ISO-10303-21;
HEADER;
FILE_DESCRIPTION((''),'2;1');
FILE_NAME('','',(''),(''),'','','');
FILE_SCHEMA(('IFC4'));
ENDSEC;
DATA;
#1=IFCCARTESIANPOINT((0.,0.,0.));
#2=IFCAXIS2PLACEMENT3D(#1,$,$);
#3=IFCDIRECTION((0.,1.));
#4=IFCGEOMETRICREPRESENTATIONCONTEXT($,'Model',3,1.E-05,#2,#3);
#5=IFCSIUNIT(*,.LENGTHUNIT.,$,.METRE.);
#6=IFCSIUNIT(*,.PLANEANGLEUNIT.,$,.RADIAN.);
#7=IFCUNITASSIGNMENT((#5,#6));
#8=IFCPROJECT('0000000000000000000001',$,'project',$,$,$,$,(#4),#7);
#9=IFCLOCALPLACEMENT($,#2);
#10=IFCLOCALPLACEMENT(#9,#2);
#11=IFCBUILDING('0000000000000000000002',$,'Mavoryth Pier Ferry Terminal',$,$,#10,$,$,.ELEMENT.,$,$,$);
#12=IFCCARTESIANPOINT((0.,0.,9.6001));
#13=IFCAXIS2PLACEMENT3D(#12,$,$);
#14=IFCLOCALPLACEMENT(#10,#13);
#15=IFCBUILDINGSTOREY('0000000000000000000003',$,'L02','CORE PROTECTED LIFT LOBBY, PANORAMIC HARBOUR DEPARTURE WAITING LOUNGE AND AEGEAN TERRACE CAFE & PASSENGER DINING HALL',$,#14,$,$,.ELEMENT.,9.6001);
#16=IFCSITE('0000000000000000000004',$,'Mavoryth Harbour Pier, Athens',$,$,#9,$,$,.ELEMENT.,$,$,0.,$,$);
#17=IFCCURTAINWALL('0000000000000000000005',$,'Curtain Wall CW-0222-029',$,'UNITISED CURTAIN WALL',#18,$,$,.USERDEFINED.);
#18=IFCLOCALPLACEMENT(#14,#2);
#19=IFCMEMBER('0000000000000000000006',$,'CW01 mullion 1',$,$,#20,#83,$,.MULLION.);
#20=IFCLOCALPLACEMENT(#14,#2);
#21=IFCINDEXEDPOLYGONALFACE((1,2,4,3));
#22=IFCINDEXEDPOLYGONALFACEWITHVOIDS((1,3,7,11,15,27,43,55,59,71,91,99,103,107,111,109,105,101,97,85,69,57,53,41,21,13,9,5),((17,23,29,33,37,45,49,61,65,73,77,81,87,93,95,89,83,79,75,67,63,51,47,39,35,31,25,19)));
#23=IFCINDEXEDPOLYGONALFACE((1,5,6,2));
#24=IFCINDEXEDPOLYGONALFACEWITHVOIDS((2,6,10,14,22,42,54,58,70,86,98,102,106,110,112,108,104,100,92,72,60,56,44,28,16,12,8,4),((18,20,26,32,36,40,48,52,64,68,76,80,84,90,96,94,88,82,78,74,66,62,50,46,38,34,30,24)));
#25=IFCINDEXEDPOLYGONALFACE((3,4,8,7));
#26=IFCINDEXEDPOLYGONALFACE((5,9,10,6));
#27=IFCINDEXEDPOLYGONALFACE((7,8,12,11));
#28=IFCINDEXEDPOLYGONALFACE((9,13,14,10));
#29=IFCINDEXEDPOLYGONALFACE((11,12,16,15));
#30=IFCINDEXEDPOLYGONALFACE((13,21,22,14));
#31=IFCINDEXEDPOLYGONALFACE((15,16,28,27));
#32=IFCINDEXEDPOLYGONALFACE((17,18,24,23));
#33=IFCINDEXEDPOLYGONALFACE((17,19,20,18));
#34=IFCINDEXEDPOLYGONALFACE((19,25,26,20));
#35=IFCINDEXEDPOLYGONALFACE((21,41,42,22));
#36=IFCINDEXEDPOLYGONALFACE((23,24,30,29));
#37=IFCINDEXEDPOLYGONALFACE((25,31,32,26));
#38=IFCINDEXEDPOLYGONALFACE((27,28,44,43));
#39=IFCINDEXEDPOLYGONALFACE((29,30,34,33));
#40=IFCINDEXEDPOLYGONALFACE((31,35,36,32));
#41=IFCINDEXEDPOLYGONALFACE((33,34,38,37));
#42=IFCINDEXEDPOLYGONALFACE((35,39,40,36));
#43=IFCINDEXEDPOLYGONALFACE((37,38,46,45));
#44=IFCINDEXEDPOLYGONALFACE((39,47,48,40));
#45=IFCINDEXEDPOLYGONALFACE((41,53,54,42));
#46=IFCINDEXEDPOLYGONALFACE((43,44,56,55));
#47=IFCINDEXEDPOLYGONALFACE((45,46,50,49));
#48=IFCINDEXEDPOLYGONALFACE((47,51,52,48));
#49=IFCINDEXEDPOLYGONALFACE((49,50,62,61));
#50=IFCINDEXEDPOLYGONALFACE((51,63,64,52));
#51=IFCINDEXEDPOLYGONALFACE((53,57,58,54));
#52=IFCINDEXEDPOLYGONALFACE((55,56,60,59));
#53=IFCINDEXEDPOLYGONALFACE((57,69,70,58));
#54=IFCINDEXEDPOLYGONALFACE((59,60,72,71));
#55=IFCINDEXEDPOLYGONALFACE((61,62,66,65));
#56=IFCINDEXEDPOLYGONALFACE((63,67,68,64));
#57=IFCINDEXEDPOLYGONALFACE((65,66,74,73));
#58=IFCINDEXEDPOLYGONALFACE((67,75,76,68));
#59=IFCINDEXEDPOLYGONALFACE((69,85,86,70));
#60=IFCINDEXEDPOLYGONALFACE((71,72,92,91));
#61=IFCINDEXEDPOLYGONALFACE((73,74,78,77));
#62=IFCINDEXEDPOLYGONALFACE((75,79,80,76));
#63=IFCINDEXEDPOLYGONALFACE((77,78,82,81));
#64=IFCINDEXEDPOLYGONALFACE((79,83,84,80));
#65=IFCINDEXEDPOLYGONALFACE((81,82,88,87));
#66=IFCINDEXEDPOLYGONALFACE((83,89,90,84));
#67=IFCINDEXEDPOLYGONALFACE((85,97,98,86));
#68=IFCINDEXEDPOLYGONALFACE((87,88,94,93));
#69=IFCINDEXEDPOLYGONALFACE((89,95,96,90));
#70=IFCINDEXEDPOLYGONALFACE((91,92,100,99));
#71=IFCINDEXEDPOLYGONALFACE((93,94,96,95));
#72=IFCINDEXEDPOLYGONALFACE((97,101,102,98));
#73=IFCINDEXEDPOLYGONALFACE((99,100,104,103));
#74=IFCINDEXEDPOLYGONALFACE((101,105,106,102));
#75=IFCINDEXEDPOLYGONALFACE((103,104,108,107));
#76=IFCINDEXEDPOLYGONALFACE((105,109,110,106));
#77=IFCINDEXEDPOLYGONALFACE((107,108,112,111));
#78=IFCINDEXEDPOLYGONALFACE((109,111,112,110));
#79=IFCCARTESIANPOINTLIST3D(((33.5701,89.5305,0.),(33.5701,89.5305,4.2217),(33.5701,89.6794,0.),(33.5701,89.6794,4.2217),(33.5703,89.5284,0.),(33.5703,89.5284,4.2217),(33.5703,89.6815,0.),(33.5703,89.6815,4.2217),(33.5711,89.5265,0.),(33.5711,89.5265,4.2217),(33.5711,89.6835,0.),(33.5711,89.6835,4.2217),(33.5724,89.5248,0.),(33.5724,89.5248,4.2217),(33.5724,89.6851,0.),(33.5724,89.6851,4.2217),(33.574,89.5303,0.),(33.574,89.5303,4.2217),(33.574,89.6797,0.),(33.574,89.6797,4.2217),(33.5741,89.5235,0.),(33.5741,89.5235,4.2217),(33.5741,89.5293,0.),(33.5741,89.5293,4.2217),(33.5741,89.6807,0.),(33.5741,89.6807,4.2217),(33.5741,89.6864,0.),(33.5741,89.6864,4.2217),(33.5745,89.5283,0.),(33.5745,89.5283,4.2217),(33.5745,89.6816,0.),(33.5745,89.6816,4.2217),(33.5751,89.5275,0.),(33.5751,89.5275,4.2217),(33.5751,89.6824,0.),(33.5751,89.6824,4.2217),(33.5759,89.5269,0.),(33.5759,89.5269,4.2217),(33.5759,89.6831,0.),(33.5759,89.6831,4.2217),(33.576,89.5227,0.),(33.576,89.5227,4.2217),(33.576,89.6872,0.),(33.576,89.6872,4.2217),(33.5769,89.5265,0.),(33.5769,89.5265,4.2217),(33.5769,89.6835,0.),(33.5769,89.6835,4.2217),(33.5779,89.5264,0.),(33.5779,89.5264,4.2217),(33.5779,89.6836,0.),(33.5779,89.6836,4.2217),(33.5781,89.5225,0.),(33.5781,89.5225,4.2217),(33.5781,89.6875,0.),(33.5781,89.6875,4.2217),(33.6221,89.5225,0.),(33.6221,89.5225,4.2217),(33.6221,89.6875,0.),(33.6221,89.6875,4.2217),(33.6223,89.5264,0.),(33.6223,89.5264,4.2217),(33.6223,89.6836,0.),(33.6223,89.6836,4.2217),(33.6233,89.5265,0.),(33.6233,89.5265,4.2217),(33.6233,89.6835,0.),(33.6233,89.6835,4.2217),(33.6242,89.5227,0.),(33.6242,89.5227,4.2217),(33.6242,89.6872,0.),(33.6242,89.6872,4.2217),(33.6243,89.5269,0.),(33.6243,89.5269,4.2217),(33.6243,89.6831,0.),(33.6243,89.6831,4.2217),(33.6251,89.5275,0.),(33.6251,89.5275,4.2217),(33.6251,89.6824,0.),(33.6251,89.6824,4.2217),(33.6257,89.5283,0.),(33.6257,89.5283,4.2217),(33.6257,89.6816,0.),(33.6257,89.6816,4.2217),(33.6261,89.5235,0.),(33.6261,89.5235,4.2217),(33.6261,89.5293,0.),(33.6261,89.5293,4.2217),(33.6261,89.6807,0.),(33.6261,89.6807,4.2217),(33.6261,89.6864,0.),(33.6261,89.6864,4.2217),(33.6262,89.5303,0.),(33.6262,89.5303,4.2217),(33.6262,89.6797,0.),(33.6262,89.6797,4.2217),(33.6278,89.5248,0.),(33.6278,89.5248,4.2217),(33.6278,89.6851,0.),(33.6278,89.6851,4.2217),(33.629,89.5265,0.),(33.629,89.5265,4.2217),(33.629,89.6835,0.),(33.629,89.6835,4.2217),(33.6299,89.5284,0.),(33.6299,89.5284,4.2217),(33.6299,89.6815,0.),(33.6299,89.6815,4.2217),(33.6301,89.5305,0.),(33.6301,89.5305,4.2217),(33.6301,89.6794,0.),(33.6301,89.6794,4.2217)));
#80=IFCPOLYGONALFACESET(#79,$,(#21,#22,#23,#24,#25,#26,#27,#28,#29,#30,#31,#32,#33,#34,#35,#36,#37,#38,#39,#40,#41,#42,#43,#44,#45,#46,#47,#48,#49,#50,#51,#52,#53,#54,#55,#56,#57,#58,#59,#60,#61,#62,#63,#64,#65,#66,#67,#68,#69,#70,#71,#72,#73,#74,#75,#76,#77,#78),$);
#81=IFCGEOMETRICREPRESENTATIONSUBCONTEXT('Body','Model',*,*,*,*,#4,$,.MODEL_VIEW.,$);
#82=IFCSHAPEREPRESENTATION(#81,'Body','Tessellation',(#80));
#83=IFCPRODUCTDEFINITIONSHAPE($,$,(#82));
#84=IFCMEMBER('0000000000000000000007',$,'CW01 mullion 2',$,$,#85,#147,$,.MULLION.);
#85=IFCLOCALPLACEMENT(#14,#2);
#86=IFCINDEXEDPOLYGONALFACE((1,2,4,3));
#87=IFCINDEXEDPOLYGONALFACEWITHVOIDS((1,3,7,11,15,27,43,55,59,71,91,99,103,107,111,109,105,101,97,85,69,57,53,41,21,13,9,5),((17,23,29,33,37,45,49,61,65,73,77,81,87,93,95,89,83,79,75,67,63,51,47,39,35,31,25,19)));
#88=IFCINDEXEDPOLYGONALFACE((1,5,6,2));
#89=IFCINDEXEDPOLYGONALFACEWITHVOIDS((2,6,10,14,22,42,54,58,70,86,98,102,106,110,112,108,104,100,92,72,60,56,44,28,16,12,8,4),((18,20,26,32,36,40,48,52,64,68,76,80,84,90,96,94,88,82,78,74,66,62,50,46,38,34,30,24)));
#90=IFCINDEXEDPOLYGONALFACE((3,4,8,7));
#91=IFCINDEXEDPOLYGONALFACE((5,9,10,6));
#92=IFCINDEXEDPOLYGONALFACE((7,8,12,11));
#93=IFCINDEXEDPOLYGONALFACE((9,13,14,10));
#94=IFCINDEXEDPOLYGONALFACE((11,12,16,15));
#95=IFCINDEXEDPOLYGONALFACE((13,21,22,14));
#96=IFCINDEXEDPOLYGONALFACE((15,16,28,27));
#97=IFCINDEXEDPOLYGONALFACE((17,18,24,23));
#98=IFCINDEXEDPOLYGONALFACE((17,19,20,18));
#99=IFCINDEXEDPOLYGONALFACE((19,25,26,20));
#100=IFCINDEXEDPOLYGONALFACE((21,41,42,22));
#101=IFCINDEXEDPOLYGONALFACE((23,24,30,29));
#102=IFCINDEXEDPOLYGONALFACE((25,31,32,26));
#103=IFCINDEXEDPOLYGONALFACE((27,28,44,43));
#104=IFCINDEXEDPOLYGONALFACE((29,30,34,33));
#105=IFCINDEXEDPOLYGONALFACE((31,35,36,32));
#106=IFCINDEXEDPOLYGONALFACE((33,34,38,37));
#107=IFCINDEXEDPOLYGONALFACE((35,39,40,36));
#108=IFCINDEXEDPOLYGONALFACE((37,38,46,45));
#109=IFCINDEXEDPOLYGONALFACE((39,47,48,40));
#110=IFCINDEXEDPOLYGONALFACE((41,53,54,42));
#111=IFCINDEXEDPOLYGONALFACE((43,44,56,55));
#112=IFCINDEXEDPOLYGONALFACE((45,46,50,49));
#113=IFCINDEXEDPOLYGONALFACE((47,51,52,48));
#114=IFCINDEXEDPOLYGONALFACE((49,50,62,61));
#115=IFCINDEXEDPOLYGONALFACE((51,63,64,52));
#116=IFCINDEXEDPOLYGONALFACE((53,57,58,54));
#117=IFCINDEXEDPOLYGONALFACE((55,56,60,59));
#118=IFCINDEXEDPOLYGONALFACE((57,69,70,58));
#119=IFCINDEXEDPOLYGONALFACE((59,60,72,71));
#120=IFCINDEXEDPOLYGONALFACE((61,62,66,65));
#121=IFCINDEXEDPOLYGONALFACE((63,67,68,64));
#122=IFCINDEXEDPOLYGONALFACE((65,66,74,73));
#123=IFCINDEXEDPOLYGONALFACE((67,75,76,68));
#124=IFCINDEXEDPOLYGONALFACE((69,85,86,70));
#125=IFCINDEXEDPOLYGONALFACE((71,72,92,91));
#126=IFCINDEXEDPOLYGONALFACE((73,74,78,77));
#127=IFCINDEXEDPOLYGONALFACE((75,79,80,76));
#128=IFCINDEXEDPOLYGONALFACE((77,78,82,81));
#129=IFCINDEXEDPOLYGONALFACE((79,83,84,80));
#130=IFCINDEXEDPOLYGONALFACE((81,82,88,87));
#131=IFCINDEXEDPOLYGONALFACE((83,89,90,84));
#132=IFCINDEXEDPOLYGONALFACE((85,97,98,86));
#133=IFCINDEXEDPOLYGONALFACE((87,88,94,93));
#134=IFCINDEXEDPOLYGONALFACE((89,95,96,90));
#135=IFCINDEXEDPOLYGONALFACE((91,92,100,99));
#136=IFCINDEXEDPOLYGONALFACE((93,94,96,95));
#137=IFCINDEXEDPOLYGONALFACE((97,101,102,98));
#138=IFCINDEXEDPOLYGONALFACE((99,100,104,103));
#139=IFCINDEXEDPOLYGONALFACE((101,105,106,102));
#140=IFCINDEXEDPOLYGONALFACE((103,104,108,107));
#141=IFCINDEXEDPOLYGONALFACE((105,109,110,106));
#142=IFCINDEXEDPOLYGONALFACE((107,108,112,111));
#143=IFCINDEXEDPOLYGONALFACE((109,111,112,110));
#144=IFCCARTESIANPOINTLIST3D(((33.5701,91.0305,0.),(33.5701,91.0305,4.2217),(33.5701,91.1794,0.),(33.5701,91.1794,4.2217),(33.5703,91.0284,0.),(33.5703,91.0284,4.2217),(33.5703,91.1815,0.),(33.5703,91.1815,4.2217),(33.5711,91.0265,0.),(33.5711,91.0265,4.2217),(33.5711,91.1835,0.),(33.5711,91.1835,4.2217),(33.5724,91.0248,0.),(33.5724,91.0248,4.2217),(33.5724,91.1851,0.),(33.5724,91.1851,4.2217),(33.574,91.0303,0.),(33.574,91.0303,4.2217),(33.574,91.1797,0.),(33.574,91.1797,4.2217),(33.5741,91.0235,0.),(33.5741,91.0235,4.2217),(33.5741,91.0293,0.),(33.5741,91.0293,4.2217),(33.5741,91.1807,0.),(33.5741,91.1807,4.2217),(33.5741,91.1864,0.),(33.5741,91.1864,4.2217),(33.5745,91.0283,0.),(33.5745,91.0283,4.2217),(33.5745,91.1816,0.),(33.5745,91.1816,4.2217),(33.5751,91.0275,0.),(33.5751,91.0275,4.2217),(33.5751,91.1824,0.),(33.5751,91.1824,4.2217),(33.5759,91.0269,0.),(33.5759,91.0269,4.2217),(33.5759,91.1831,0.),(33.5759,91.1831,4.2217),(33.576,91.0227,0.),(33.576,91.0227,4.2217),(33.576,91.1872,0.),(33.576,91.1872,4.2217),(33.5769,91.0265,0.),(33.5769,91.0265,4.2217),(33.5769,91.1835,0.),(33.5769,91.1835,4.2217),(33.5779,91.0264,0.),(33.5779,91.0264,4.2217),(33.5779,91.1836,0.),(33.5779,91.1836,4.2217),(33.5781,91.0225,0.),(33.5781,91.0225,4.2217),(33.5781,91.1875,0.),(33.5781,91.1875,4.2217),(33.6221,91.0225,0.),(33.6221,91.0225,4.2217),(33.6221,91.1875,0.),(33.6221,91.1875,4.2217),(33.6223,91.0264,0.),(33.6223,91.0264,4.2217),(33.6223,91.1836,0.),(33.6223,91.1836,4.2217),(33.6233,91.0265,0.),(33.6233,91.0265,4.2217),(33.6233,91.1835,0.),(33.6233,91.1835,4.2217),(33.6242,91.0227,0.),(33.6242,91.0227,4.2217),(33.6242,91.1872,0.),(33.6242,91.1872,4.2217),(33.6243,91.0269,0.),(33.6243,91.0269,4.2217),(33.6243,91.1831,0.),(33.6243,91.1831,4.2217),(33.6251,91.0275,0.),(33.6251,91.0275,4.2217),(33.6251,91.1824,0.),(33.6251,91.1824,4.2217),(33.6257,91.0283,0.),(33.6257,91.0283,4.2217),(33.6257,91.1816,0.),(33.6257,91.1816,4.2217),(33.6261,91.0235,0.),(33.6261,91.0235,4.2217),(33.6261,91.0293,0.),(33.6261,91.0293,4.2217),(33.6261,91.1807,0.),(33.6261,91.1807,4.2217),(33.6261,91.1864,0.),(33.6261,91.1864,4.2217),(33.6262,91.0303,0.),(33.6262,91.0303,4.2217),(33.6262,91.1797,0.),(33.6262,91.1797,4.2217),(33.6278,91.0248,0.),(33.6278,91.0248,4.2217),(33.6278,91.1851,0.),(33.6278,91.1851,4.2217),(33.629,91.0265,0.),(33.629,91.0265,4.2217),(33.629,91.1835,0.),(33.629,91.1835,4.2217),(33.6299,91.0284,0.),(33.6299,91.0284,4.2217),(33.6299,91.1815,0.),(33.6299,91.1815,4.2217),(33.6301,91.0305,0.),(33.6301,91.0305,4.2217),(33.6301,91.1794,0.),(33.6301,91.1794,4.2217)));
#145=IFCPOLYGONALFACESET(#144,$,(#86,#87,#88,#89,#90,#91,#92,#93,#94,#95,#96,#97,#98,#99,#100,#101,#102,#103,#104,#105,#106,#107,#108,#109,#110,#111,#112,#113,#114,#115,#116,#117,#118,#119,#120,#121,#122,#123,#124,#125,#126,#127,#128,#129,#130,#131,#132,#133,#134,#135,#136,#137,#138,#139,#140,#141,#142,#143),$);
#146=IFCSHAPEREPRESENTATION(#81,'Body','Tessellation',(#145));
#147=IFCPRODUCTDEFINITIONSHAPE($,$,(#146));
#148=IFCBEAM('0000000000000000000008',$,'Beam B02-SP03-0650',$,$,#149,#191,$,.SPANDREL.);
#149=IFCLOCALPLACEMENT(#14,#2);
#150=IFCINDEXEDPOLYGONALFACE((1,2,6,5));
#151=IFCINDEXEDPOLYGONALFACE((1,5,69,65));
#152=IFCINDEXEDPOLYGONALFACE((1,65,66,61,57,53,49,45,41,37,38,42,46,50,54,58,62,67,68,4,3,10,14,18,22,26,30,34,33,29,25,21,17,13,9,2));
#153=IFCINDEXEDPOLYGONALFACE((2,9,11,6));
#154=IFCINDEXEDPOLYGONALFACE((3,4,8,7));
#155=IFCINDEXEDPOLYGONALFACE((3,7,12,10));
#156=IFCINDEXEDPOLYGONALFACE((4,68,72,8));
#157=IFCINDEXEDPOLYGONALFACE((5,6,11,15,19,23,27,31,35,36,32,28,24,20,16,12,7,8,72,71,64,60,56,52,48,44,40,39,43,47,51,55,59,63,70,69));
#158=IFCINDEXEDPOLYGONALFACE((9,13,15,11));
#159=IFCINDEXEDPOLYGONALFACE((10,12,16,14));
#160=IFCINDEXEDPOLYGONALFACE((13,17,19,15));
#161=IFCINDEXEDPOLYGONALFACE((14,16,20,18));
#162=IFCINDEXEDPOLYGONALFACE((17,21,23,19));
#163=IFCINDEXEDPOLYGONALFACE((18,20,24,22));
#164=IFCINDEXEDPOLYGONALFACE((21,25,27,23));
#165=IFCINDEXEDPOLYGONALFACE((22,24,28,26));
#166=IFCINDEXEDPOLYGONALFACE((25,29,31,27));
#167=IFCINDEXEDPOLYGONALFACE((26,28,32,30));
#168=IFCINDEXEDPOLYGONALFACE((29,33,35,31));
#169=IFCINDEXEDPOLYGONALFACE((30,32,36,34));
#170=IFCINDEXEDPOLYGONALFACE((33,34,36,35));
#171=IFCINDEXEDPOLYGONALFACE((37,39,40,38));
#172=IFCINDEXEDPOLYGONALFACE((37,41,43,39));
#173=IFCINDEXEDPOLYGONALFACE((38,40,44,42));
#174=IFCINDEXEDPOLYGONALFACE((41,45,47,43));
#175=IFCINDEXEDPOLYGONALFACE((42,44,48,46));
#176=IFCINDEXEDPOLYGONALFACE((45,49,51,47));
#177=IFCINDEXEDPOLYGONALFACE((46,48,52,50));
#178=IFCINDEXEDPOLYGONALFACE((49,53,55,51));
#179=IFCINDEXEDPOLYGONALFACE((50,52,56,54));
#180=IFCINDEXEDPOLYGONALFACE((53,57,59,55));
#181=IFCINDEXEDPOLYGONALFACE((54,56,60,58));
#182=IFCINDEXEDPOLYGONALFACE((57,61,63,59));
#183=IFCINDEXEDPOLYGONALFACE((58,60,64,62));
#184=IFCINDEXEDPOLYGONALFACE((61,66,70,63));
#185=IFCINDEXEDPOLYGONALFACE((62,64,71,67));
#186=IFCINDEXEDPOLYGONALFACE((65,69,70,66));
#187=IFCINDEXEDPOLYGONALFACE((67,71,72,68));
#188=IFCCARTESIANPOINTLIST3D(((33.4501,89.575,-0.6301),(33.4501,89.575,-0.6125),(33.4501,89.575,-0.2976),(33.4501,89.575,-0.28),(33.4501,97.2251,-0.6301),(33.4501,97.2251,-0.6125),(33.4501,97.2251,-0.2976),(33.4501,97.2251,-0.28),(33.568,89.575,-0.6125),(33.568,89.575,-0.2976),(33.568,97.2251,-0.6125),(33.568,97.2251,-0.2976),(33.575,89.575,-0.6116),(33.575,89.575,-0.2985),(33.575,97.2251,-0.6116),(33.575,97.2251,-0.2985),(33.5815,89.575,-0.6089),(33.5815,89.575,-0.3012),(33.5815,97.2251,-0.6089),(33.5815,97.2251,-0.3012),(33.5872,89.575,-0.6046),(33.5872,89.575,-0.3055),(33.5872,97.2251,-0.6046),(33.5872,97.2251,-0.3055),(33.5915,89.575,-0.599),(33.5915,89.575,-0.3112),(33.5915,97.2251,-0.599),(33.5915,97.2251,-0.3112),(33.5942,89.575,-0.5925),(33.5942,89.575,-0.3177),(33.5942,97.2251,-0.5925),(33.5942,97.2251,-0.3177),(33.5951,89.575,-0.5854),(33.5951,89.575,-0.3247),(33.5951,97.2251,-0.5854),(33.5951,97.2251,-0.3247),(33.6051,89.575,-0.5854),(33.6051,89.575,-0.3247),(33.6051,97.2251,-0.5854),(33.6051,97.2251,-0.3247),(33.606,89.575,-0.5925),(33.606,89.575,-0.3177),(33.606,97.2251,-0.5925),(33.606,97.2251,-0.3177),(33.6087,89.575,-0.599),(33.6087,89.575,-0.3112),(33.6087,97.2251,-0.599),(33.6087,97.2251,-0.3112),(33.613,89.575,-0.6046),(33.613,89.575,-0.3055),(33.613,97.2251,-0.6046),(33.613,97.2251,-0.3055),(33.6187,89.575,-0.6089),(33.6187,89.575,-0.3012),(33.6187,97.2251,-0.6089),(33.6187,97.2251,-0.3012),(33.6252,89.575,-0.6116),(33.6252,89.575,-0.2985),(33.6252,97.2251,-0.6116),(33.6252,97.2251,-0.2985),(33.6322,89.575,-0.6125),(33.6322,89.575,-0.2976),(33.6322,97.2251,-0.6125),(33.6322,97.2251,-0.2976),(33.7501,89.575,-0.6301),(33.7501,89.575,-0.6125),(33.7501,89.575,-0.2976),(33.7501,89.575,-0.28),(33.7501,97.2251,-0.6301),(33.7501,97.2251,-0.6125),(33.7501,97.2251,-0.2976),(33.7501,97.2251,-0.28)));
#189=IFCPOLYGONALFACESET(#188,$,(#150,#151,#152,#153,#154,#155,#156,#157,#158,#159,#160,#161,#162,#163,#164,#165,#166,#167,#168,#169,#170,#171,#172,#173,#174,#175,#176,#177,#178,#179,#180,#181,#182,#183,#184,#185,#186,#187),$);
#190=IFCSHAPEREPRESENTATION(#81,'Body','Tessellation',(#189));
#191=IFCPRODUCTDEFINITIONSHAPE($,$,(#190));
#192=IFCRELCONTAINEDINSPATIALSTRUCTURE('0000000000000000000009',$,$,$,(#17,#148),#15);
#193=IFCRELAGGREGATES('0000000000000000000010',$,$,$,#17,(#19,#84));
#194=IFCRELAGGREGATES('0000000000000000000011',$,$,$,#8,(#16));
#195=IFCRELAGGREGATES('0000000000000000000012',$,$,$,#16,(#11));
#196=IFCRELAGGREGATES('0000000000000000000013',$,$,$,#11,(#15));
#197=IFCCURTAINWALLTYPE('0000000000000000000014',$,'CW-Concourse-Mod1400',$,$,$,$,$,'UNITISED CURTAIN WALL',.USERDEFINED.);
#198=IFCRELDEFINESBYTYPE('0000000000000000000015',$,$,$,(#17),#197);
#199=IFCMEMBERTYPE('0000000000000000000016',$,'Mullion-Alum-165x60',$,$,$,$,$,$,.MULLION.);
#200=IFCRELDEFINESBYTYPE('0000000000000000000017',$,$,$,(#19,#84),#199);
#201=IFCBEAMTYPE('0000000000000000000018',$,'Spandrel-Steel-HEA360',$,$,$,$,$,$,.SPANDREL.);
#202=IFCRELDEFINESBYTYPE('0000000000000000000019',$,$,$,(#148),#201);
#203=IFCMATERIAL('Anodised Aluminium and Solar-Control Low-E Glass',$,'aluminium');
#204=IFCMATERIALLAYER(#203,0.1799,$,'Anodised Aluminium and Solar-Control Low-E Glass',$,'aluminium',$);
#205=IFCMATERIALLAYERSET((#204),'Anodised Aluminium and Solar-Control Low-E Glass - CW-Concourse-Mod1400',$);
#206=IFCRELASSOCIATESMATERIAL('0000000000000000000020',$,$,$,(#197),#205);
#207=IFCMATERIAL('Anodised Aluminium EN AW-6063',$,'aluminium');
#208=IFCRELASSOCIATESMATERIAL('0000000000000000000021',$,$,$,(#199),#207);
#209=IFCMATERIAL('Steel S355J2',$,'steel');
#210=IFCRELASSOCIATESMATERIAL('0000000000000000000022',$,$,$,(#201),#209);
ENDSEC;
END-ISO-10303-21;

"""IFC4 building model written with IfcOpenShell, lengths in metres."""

from ifc_helpers import new_model, si_unit, direction, frame, origin, origin_2d, place, context, subcontext, project, spatial, hollow_rectangle, i_section, extrude, material, layer, layer_set, material_profile, profile_set, type_object, element, aggregate, save


model = new_model("IFC4")

# Units and contexts
model_context = context("Model", 3, precision=1e-05, world=origin(), true_north=direction((0.0, 1.0)))
body_context = subcontext(model_context, "Body", "Model", "MODEL_VIEW")
ifc_project = project(units=[si_unit("LENGTHUNIT", "METRE"), si_unit("PLANEANGLEUNIT", "RADIAN")], contexts=[model_context])

# Site, building, storey
site_placement = place(None, origin())
site = spatial("IfcSite", under=ifc_project, at=site_placement, Name="Mavoryth Harbour Pier, Athens", CompositionType="ELEMENT", RefElevation=0.0)
building_placement = place(site_placement, origin())
building = spatial("IfcBuilding", under=site, at=building_placement, Name="Mavoryth Pier Ferry Terminal", CompositionType="ELEMENT")
storey_placement = place(building_placement, frame((0.0, 0.0, 9.6001)))
storey = spatial("IfcBuildingStorey", under=building, at=storey_placement, Name="L02", Description="CORE PROTECTED LIFT LOBBY, PANORAMIC HARBOUR DEPARTURE WAITING LOUNGE AND AEGEAN TERRACE CAFE & PASSENGER DINING HALL", CompositionType="ELEMENT", Elevation=9.6001)

# Shared definitions
ifc_material_1 = material(Name="Steel S355J2", Category="steel")

# Curtain wall, members
ifc_material_2 = material(Name="Anodised Aluminium and Solar-Control Low-E Glass", Category="aluminium")
ifc_layer_1 = layer(ifc_material_2, 0.1799, Name="Anodised Aluminium and Solar-Control Low-E Glass", Category="aluminium")
ifc_layer_set_1 = layer_set([ifc_layer_1], Name="Anodised Aluminium and Solar-Control Low-E Glass - CW-Concourse-Mod1400")
curtain_wall_type = type_object("IfcCurtainWallType", Name="CW-Concourse-Mod1400", ElementType="UNITISED CURTAIN WALL", PredefinedType="USERDEFINED", material=ifc_layer_set_1)
ifc_material_3 = material(Name="Anodised Aluminium EN AW-6063", Category="aluminium")
ifc_material_profile_1 = material_profile(ifc_material_3, hollow_rectangle(XDim=0.0601, YDim=0.165, WallThickness=0.0039, InnerFilletRadius=0.0039, OuterFilletRadius=0.0081, at=origin_2d()), Name="AL-MULL 165x60x4", Category="aluminium")
ifc_profile_set_1 = profile_set([ifc_material_profile_1], Name="Anodised Aluminium EN AW-6063 - AL-MULL 165x60x4")
member_type_1 = type_object("IfcMemberType", Name="Mullion-Alum-165x60", PredefinedType="MULLION", material=ifc_profile_set_1)
curtain_wall_1_placement = place(storey_placement, origin())
curtain_wall_1 = element("IfcCurtainWall", 1, at=curtain_wall_1_placement, inside=storey, type_object=curtain_wall_type, Name="Curtain Wall CW-0222-029", ObjectType="UNITISED CURTAIN WALL", PredefinedType="USERDEFINED")
member_1_placement = place(storey_placement, frame((33.6001, 89.605, 0.0), z_axis=(0.0, 0.0, 1.0), x_axis=(-1.0, 0.0, 0.0)))
member_1 = element("IfcMember", 2, at=member_1_placement, type_object=member_type_1, Name="CW01 mullion 1", PredefinedType="MULLION", context=body_context, shape_type="SweptSolid", body=[
    extrude(hollow_rectangle(XDim=0.0601, YDim=0.165, WallThickness=0.0039, InnerFilletRadius=0.0039, OuterFilletRadius=0.0081, at=origin_2d()), origin(), (0.0, 0.0, 1.0), 4.2217),
])
member_2_placement = place(storey_placement, frame((33.6001, 91.105, 0.0), z_axis=(0.0, 0.0, 1.0), x_axis=(-1.0, 0.0, 0.0)))
member_2 = element("IfcMember", 3, at=member_2_placement, type_object=member_type_1, Name="CW01 mullion 2", PredefinedType="MULLION", context=body_context, shape_type="SweptSolid", body=[
    extrude(hollow_rectangle(XDim=0.0601, YDim=0.165, WallThickness=0.0039, InnerFilletRadius=0.0039, OuterFilletRadius=0.0081, at=origin_2d()), origin(), (0.0, 0.0, 1.0), 4.2217),
])

# Beam
ifc_material_profile_2 = material_profile(ifc_material_1, i_section(OverallWidth=0.3, OverallDepth=0.3501, WebThickness=0.01, FlangeThickness=0.0176, FilletRadius=0.0271, at=origin_2d()), Name="HEA 360", Category="steel")
ifc_profile_set_2 = profile_set([ifc_material_profile_2], Name="Steel S355J2 - HEA 360")
beam_type = type_object("IfcBeamType", Name="Spandrel-Steel-HEA360", PredefinedType="SPANDREL", material=ifc_profile_set_2)
beam_placement = place(storey_placement, frame((33.6001, 89.575, -0.4551), z_axis=(0.0, 1.0, 0.0), x_axis=(-1.0, 0.0, 0.0)))
element("IfcBeam", 4, at=beam_placement, inside=storey, type_object=beam_type, Name="Beam B02-SP03-0650", PredefinedType="SPANDREL", context=body_context, shape_type="SweptSolid", body=[
    extrude(i_section(OverallWidth=0.3, OverallDepth=0.3501, WebThickness=0.01, FlangeThickness=0.0176, FilletRadius=0.0271, at=origin_2d()), origin(), (0.0, 0.0, 1.0), 7.6501),
])

aggregate(curtain_wall_1, [member_1, member_2])

save(model, "model.ifc")
